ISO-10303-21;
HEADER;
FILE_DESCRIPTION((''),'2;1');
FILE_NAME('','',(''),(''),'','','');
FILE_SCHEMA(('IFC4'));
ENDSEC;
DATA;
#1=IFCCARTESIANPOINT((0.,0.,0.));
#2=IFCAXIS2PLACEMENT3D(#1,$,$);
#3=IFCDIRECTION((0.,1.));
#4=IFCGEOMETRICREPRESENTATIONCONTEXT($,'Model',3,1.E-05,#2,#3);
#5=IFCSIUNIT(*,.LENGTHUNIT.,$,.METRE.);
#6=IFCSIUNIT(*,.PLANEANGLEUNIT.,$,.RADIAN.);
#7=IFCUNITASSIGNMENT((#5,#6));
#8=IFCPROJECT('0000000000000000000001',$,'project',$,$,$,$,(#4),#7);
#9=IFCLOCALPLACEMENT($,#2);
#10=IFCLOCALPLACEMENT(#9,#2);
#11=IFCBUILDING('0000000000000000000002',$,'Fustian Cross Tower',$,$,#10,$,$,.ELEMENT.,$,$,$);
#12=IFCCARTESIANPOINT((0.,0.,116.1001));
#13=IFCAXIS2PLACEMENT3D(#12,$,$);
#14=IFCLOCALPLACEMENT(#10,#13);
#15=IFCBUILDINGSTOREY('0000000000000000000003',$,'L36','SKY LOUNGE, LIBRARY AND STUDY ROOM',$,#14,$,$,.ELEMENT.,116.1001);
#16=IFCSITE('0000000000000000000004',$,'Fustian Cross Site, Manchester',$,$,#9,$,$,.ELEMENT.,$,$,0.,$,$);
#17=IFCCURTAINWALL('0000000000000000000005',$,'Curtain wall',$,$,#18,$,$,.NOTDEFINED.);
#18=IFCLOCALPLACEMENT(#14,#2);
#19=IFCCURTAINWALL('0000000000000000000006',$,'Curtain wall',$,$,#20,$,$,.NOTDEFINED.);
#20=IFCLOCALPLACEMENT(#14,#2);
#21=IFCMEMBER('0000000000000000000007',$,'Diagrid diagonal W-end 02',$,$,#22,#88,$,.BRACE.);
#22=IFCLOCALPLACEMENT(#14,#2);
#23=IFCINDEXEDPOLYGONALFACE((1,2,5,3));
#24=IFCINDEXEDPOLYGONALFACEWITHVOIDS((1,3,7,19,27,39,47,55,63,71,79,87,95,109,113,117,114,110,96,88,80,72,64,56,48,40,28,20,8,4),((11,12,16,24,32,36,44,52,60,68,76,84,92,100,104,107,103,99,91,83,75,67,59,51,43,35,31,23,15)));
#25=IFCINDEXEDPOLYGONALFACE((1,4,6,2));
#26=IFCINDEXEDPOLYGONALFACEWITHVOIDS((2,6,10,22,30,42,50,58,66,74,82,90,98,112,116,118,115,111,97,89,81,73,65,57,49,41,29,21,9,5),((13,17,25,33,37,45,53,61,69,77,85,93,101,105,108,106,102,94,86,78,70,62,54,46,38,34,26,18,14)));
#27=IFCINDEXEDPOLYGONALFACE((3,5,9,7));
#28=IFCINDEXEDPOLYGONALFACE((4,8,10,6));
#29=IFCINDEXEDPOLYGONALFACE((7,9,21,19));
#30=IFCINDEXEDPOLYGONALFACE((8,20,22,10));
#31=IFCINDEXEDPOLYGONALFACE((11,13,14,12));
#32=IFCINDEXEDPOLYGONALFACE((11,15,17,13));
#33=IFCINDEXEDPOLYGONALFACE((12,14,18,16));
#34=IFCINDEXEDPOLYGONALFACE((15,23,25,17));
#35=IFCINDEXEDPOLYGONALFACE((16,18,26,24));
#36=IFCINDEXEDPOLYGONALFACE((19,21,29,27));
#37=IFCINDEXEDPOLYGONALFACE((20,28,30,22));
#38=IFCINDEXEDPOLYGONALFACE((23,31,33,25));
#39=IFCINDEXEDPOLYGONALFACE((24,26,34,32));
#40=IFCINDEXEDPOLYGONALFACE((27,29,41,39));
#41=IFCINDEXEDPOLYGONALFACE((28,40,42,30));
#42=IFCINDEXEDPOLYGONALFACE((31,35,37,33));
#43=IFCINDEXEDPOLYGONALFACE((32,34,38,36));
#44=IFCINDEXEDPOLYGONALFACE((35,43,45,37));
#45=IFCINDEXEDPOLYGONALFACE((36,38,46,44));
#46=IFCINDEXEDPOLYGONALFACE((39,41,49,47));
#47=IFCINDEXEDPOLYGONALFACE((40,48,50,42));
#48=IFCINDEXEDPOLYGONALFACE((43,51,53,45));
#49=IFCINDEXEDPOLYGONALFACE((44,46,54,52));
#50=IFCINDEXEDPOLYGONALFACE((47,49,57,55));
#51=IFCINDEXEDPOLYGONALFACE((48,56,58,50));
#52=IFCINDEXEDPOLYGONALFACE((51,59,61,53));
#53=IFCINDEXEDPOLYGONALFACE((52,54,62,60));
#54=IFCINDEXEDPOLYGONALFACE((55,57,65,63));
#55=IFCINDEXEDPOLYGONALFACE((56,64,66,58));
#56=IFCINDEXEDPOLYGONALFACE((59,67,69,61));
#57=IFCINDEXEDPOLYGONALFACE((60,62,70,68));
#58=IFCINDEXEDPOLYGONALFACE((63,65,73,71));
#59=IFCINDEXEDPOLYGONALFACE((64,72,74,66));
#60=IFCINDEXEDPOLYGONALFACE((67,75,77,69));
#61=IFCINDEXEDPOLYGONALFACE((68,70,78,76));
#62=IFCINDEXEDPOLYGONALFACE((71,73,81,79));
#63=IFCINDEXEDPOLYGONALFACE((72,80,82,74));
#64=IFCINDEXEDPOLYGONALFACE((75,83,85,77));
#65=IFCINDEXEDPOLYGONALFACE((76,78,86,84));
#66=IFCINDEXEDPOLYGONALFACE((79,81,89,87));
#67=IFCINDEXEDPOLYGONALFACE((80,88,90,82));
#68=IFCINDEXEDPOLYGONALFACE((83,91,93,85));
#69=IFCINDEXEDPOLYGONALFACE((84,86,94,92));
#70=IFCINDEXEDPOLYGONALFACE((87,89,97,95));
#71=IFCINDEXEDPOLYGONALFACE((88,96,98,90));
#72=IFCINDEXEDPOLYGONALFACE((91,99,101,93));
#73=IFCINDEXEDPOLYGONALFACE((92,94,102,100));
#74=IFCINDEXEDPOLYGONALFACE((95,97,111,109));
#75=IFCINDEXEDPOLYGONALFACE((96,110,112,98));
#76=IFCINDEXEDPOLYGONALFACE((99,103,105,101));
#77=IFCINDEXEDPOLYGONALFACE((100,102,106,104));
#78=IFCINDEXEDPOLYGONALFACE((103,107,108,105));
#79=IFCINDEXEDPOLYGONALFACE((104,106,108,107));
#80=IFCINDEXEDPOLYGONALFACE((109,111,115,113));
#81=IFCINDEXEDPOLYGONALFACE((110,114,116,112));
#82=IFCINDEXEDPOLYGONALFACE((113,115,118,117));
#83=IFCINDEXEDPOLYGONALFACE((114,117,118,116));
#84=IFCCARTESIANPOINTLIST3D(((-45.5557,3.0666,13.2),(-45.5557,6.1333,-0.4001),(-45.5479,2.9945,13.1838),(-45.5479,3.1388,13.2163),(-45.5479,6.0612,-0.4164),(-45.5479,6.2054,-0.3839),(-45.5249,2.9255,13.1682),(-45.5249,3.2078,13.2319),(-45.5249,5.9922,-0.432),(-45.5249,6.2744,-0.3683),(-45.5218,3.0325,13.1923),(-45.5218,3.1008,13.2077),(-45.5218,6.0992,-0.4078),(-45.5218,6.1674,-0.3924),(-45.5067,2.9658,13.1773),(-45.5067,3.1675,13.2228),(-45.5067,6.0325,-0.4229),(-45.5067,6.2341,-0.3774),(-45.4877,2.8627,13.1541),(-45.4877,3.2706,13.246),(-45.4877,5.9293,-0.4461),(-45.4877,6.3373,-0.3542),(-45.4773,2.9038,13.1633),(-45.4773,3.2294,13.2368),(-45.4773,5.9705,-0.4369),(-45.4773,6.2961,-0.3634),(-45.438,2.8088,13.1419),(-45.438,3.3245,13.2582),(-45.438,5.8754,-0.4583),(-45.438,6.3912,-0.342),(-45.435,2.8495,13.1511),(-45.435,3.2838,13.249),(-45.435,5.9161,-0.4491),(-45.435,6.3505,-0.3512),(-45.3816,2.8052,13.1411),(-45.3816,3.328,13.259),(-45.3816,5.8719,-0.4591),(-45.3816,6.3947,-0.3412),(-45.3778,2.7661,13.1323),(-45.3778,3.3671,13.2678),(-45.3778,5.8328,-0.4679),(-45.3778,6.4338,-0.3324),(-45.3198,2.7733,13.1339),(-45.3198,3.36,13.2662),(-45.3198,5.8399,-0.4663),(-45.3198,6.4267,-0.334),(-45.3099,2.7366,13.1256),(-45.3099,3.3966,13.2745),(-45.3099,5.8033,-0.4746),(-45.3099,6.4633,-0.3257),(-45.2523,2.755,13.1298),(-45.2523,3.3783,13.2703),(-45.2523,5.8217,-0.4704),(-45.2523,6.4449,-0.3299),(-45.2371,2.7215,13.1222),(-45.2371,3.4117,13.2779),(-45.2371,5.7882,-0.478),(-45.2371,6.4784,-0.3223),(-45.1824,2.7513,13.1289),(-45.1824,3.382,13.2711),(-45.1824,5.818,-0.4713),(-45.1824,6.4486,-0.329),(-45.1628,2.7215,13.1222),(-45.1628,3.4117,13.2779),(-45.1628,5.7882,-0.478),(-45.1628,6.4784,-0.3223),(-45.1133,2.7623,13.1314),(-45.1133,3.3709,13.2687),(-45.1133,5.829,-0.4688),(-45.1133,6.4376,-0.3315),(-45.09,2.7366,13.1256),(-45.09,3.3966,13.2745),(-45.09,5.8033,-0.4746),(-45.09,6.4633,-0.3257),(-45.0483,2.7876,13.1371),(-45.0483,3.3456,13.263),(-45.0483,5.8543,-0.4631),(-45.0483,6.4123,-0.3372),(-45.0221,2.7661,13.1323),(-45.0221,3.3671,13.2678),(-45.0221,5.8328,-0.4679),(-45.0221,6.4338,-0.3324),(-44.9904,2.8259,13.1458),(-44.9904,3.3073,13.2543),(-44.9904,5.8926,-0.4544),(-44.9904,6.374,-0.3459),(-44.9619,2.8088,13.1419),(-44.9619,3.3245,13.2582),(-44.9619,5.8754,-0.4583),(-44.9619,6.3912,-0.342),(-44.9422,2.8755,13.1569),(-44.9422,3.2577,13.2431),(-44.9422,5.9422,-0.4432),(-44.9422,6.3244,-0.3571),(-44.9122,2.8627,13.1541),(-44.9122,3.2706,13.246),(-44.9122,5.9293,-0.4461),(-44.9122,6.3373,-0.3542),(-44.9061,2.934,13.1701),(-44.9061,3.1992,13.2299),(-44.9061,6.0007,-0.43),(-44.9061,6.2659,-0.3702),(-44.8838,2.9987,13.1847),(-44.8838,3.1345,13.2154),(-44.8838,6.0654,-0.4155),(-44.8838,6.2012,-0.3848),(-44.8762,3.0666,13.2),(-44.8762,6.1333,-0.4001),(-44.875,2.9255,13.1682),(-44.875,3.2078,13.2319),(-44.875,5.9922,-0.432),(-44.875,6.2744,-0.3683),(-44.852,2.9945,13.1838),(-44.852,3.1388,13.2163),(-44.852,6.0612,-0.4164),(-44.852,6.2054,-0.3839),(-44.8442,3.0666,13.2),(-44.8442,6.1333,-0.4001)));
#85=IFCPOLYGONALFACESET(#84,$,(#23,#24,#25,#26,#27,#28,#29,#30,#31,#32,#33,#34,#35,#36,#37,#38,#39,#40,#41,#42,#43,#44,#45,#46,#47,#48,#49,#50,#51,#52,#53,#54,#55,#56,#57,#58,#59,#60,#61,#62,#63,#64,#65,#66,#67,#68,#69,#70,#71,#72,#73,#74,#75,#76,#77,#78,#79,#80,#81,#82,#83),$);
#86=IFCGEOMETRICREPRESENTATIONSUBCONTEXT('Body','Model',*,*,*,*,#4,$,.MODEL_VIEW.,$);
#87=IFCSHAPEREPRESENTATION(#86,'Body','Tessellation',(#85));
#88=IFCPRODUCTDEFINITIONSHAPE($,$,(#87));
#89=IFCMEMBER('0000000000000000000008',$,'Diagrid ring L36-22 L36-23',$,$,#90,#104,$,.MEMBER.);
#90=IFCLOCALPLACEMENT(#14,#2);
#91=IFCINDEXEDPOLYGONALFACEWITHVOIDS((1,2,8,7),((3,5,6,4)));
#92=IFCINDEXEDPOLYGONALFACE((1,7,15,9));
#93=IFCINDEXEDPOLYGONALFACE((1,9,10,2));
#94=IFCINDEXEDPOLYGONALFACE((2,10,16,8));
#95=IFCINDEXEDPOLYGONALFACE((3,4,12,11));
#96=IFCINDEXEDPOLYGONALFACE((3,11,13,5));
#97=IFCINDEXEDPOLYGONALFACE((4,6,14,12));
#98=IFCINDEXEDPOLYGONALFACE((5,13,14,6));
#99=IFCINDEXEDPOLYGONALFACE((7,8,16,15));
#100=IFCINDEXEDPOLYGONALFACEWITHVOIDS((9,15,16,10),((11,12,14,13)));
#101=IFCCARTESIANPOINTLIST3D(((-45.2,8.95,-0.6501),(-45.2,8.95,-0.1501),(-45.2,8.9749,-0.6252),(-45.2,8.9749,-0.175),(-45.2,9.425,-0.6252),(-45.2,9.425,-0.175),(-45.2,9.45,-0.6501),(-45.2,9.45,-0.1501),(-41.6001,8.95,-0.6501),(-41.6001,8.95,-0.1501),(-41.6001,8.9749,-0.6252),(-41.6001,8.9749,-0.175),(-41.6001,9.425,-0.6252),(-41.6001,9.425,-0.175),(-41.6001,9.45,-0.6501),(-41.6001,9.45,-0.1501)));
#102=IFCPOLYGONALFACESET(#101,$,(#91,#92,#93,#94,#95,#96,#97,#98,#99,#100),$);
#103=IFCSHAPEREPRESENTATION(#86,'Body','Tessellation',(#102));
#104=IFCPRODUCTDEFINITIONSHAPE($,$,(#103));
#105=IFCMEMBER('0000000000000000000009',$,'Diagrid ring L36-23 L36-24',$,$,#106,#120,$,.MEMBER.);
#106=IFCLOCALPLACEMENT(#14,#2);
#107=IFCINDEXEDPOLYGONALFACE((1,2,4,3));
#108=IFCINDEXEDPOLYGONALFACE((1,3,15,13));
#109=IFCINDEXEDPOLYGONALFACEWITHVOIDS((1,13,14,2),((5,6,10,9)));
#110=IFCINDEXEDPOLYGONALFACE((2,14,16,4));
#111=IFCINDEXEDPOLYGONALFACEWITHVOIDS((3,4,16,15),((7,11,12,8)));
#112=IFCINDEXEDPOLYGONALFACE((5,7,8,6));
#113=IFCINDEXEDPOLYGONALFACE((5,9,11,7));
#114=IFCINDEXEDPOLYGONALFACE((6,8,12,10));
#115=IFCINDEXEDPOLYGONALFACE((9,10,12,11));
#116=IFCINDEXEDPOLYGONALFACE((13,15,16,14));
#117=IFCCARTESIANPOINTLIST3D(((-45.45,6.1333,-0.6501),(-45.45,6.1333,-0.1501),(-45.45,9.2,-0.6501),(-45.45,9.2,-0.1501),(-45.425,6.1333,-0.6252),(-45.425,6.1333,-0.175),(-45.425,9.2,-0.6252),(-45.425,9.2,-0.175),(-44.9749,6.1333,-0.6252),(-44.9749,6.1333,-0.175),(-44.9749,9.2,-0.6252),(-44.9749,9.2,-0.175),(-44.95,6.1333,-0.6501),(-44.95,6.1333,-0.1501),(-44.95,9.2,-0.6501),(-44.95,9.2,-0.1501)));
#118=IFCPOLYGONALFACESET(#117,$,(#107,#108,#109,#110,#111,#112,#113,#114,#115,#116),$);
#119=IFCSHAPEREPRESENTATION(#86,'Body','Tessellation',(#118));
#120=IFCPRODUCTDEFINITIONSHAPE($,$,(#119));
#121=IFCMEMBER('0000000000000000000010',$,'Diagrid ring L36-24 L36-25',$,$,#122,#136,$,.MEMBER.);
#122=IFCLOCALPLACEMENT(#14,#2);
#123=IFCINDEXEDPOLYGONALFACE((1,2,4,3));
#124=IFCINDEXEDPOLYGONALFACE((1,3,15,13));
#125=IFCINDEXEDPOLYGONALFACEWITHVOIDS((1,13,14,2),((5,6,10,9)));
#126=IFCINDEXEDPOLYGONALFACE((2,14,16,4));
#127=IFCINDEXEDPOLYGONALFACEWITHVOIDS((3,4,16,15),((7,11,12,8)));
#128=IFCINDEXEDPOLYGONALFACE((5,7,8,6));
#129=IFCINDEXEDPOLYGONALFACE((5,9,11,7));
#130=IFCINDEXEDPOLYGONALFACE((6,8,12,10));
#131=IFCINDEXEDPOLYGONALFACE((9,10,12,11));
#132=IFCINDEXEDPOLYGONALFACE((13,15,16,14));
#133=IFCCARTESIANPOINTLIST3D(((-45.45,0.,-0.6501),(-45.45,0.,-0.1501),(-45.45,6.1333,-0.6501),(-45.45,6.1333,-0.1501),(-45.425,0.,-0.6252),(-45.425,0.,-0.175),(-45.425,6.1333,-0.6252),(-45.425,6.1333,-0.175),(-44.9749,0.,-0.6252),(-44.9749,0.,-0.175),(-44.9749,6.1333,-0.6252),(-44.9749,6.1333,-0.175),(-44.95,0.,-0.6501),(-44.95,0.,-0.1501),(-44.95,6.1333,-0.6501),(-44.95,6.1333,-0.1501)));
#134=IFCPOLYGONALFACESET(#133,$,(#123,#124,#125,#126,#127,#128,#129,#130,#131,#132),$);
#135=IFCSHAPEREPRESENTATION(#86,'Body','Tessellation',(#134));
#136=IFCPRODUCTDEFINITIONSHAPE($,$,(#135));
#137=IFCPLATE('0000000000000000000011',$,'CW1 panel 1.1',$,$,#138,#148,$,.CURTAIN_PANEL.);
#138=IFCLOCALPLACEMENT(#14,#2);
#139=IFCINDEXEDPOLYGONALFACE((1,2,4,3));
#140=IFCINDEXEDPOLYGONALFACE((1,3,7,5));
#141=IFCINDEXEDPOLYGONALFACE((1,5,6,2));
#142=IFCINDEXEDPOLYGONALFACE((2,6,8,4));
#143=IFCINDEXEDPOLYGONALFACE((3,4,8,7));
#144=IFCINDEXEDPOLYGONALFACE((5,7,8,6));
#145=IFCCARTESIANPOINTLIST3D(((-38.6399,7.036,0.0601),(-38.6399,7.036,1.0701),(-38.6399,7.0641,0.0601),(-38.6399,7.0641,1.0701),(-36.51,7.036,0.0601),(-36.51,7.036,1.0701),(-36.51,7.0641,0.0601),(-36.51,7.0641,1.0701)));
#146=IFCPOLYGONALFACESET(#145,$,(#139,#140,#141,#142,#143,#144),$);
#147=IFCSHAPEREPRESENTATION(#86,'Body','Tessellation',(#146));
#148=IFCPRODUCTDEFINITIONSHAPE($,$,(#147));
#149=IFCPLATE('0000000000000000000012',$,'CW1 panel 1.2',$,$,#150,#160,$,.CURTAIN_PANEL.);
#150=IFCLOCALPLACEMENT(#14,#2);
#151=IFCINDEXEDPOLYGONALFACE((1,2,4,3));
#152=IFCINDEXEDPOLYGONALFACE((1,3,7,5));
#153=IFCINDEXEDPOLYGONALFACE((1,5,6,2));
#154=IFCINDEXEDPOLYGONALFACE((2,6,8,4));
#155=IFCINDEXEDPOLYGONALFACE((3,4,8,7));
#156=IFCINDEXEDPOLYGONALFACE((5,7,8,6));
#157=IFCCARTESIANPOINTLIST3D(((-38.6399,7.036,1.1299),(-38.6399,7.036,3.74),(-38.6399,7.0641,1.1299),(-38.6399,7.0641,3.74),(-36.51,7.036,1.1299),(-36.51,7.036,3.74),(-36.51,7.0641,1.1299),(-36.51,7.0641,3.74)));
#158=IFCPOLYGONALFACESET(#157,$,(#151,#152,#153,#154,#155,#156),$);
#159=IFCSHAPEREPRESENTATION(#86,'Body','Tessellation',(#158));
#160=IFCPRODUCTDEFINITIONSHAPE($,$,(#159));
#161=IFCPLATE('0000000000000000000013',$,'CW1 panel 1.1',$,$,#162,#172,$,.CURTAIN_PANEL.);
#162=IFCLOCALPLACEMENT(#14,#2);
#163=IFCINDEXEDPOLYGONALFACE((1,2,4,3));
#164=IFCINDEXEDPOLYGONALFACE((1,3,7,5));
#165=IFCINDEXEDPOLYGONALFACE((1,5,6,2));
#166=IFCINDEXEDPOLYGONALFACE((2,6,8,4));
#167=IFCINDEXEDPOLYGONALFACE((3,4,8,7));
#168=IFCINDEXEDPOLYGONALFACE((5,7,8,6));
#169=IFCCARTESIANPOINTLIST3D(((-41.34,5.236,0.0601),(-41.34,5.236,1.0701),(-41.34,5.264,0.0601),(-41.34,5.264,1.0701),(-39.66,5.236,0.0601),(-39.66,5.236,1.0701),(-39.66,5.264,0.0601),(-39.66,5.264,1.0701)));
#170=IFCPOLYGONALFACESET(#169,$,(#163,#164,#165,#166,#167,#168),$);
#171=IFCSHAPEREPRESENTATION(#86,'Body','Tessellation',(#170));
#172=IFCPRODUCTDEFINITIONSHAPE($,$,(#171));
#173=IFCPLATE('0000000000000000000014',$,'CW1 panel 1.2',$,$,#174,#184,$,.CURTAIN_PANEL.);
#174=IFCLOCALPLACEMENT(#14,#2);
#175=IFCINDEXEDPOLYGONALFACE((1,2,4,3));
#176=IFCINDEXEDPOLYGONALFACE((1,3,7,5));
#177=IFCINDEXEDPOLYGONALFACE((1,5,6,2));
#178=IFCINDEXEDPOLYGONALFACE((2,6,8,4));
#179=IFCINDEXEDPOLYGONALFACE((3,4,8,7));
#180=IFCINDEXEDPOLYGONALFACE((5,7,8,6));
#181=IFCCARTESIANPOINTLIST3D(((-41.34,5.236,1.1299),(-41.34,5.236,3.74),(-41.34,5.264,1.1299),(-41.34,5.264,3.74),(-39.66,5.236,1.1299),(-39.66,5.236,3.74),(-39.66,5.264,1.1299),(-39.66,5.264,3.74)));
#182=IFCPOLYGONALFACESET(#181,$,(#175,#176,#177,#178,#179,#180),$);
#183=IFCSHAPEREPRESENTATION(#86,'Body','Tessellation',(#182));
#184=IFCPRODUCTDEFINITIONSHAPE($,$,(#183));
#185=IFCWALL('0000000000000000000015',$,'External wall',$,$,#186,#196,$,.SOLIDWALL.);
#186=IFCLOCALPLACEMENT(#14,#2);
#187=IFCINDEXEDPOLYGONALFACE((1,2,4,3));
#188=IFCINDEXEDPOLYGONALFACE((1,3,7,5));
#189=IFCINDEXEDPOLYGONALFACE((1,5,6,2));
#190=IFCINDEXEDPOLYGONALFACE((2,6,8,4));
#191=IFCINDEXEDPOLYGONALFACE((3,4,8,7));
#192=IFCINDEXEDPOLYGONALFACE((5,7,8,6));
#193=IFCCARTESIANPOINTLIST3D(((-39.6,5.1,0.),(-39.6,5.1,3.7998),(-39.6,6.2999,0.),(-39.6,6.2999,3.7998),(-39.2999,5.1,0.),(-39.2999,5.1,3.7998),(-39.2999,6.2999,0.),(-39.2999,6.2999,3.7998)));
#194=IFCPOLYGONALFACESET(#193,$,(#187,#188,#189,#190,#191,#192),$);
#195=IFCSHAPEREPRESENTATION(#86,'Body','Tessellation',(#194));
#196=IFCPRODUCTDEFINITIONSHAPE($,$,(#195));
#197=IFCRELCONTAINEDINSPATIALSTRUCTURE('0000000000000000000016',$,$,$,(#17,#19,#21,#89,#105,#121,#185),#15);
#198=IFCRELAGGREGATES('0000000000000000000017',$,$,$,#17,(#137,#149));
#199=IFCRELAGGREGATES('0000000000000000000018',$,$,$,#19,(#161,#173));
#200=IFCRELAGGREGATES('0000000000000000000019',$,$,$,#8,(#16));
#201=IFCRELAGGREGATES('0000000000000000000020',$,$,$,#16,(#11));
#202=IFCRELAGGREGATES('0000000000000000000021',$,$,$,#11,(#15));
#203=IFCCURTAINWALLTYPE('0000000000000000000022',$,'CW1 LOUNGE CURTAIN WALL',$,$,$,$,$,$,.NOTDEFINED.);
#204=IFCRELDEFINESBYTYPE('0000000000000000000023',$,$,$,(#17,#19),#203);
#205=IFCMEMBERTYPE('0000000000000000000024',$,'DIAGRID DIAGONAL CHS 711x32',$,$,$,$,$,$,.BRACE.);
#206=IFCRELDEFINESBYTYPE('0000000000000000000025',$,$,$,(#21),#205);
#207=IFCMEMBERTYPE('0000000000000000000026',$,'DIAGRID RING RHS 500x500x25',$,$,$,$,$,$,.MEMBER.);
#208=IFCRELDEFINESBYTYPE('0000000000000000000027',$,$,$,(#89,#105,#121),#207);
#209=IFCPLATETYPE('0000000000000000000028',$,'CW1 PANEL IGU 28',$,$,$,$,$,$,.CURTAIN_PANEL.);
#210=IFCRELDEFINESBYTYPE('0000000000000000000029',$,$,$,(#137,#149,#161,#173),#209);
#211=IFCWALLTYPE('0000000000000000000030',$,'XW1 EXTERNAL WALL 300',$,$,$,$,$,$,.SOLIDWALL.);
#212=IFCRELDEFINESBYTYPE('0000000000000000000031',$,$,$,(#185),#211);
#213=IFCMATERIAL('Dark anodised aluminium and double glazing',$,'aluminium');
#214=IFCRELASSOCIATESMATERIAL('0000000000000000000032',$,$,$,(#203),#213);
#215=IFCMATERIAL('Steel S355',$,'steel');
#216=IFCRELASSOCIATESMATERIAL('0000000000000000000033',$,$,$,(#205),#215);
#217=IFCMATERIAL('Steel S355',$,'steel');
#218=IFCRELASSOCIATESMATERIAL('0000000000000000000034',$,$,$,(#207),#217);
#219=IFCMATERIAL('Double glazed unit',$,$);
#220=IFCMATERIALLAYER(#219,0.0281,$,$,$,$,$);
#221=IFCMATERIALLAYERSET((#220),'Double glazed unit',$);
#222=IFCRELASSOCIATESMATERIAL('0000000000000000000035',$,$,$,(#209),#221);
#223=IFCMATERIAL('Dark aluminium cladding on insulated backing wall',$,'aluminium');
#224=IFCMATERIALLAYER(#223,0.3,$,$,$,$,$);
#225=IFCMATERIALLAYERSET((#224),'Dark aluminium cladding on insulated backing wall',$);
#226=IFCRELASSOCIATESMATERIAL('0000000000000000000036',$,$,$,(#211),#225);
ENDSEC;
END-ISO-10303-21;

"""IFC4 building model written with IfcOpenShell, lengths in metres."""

from ifc_helpers import new_model, si_unit, direction, frame, frame_2d, origin, origin_2d, place, context, subcontext, project, spatial, rectangle, hollow_rectangle, hollow_circle, extrude, material, layer, layer_set, material_profile, profile_set, type_object, element, aggregate, save


model = new_model("IFC4")

# Units and contexts
model_context = context("Model", 3, precision=1e-05, world=origin(), true_north=direction((0.0, 1.0)))
body_context = subcontext(model_context, "Body", "Model", "MODEL_VIEW")
ifc_project = project(units=[si_unit("LENGTHUNIT", "METRE"), si_unit("PLANEANGLEUNIT", "RADIAN")], contexts=[model_context])

# Site, building, storey
site_placement = place(None, origin())
site = spatial("IfcSite", under=ifc_project, at=site_placement, Name="Fustian Cross Site, Manchester", CompositionType="ELEMENT", RefElevation=0.0)
building_placement = place(site_placement, origin())
building = spatial("IfcBuilding", under=site, at=building_placement, Name="Fustian Cross Tower", CompositionType="ELEMENT")
storey_placement = place(building_placement, frame((0.0, 0.0, 116.1001)))
storey = spatial("IfcBuildingStorey", under=building, at=storey_placement, Name="L36", Description="SKY LOUNGE, LIBRARY AND STUDY ROOM", CompositionType="ELEMENT", Elevation=116.1001)

# Curtain wall
ifc_material_1 = material(Name="Dark anodised aluminium and double glazing", Category="aluminium")
curtain_wall_type = type_object("IfcCurtainWallType", Name="CW1 LOUNGE CURTAIN WALL", PredefinedType="NOTDEFINED", material=ifc_material_1)
curtain_wall_1_placement = place(storey_placement, origin())
curtain_wall_1 = element("IfcCurtainWall", 1, at=curtain_wall_1_placement, inside=storey, type_object=curtain_wall_type, Name="Curtain wall", PredefinedType="NOTDEFINED")

# Curtain wall
curtain_wall_2_placement = place(storey_placement, origin())
curtain_wall_2 = element("IfcCurtainWall", 2, at=curtain_wall_2_placement, inside=storey, type_object=curtain_wall_type, Name="Curtain wall", PredefinedType="NOTDEFINED")

# Members
ifc_material_2 = material(Name="Steel S355", Category="steel")
ifc_material_profile_1 = material_profile(ifc_material_2, hollow_circle(Radius=0.3557, WallThickness=0.032, at=origin_2d()), Name="CHS 711x32")
ifc_profile_set_1 = profile_set([ifc_material_profile_1], Name="Steel S355")
member_type_1 = type_object("IfcMemberType", Name="DIAGRID DIAGONAL CHS 711x32", PredefinedType="BRACE", material=ifc_profile_set_1)
for number, where, z_axis, x_axis, name in (
    (3, (-45.2, 6.1333, -0.4001), (0.0, -0.219965, 0.975508), (1.0, 0.0, 0.0), "Diagrid diagonal W-end 02"),
):
    element("IfcMember", number, at=place(storey_placement, frame(where, z_axis=z_axis, x_axis=x_axis)), inside=storey, type_object=member_type_1, Name=name, PredefinedType="BRACE", context=body_context, shape_type="SweptSolid", body=[
        extrude(hollow_circle(Radius=0.3557, WallThickness=0.032, at=origin_2d()), origin(), (0.0, 0.0, 1.0), 13.9417),
    ])
ifc_material_3 = material(Name="Steel S355", Category="steel")
ifc_material_profile_2 = material_profile(ifc_material_3, hollow_rectangle(XDim=0.5, YDim=0.5, WallThickness=0.0249, at=origin_2d()), Name="RHS 500x500x25")
ifc_profile_set_2 = profile_set([ifc_material_profile_2], Name="Steel S355")
member_type_2 = type_object("IfcMemberType", Name="DIAGRID RING RHS 500x500x25", PredefinedType="MEMBER", material=ifc_profile_set_2)
member_1_placement = place(storey_placement, frame((-41.6001, 9.2, -0.4001), z_axis=(-1.0, 0.0, 0.0), x_axis=(0.0, -1.0, 0.0)))
element("IfcMember", 4, at=member_1_placement, inside=storey, type_object=member_type_2, Name="Diagrid ring L36-22 L36-23", PredefinedType="MEMBER", context=body_context, shape_type="SweptSolid", body=[
    extrude(hollow_rectangle(XDim=0.5, YDim=0.5, WallThickness=0.0249, at=origin_2d()), origin(), (0.0, 0.0, 1.0), 3.5999),
])
member_2_placement = place(storey_placement, frame((-45.2, 9.2, -0.4001), z_axis=(0.0, -1.0, 0.0), x_axis=(1.0, 0.0, 0.0)))
element("IfcMember", 5, at=member_2_placement, inside=storey, type_object=member_type_2, Name="Diagrid ring L36-23 L36-24", PredefinedType="MEMBER", context=body_context, shape_type="SweptSolid", body=[
    extrude(hollow_rectangle(XDim=0.5, YDim=0.5, WallThickness=0.0249, at=origin_2d()), origin(), (0.0, 0.0, 1.0), 3.0667),
])
member_3_placement = place(storey_placement, frame((-45.2, 6.1333, -0.4001), z_axis=(0.0, -1.0, 0.0), x_axis=(1.0, 0.0, 0.0)))
element("IfcMember", 6, at=member_3_placement, inside=storey, type_object=member_type_2, Name="Diagrid ring L36-24 L36-25", PredefinedType="MEMBER", context=body_context, shape_type="SweptSolid", body=[
    extrude(hollow_rectangle(XDim=0.5, YDim=0.5, WallThickness=0.0249, at=origin_2d()), origin(), (0.0, 0.0, 1.0), 6.1333),
])

# Plates
ifc_material_4 = material(Name="Double glazed unit")
ifc_layer_1 = layer(ifc_material_4, 0.0281)
ifc_layer_set_1 = layer_set([ifc_layer_1], Name="Double glazed unit")
plate_type = type_object("IfcPlateType", Name="CW1 PANEL IGU 28", PredefinedType="CURTAIN_PANEL", material=ifc_layer_set_1)
plate_1_placement = place(storey_placement, frame((-37.575, 7.05, 0.0601), z_axis=(0.0, 0.0, 1.0), x_axis=(-1.0, 0.0, 0.0)))
plate_1 = element("IfcPlate", 7, at=plate_1_placement, type_object=plate_type, Name="CW1 panel 1.1", PredefinedType="CURTAIN_PANEL", context=body_context, shape_type="SweptSolid", body=[
    extrude(rectangle(XDim=2.1299, YDim=0.0281, at=origin_2d()), origin(), (0.0, 0.0, 1.0), 1.01),
])
plate_2_placement = place(storey_placement, frame((-37.575, 7.05, 1.1299), z_axis=(0.0, 0.0, 1.0), x_axis=(-1.0, 0.0, 0.0)))
plate_2 = element("IfcPlate", 8, at=plate_2_placement, type_object=plate_type, Name="CW1 panel 1.2", PredefinedType="CURTAIN_PANEL", context=body_context, shape_type="SweptSolid", body=[
    extrude(rectangle(XDim=2.1299, YDim=0.0281, at=origin_2d()), origin(), (0.0, 0.0, 1.0), 2.6101),
])
aggregate(curtain_wall_1, [plate_1, plate_2])
plate_3_placement = place(storey_placement, frame((-40.5, 5.25, 0.0601), z_axis=(0.0, 0.0, 1.0), x_axis=(-1.0, 0.0, 0.0)))
plate_3 = element("IfcPlate", 9, at=plate_3_placement, type_object=plate_type, Name="CW1 panel 1.1", PredefinedType="CURTAIN_PANEL", context=body_context, shape_type="SweptSolid", body=[
    extrude(rectangle(XDim=1.6799, YDim=0.0281, at=origin_2d()), origin(), (0.0, 0.0, 1.0), 1.01),
])
plate_4_placement = place(storey_placement, frame((-40.5, 5.25, 1.1299), z_axis=(0.0, 0.0, 1.0), x_axis=(-1.0, 0.0, 0.0)))
plate_4 = element("IfcPlate", 10, at=plate_4_placement, type_object=plate_type, Name="CW1 panel 1.2", PredefinedType="CURTAIN_PANEL", context=body_context, shape_type="SweptSolid", body=[
    extrude(rectangle(XDim=1.6799, YDim=0.0281, at=origin_2d()), origin(), (0.0, 0.0, 1.0), 2.6101),
])
aggregate(curtain_wall_2, [plate_3, plate_4])

# Wall
ifc_material_5 = material(Name="Dark aluminium cladding on insulated backing wall", Category="aluminium")
ifc_layer_2 = layer(ifc_material_5, 0.3)
ifc_layer_set_2 = layer_set([ifc_layer_2], Name="Dark aluminium cladding on insulated backing wall")
wall_type = type_object("IfcWallType", Name="XW1 EXTERNAL WALL 300", PredefinedType="SOLIDWALL", material=ifc_layer_set_2)
wall_placement = place(storey_placement, frame((-39.45, 6.3, 0.0), z_axis=(0.0, 0.0, 1.0), x_axis=(0.0, -1.0, 0.0)))
element("IfcWall", 11, at=wall_placement, inside=storey, type_object=wall_type, Name="External wall", PredefinedType="SOLIDWALL", context=body_context, shape_type="SweptSolid", body=[
    extrude(rectangle(XDim=1.2, YDim=0.3, at=frame_2d((0.6001, 0.0))), origin(), (0.0, 0.0, 1.0), 3.7998),
])

save(model, "model.ifc")
